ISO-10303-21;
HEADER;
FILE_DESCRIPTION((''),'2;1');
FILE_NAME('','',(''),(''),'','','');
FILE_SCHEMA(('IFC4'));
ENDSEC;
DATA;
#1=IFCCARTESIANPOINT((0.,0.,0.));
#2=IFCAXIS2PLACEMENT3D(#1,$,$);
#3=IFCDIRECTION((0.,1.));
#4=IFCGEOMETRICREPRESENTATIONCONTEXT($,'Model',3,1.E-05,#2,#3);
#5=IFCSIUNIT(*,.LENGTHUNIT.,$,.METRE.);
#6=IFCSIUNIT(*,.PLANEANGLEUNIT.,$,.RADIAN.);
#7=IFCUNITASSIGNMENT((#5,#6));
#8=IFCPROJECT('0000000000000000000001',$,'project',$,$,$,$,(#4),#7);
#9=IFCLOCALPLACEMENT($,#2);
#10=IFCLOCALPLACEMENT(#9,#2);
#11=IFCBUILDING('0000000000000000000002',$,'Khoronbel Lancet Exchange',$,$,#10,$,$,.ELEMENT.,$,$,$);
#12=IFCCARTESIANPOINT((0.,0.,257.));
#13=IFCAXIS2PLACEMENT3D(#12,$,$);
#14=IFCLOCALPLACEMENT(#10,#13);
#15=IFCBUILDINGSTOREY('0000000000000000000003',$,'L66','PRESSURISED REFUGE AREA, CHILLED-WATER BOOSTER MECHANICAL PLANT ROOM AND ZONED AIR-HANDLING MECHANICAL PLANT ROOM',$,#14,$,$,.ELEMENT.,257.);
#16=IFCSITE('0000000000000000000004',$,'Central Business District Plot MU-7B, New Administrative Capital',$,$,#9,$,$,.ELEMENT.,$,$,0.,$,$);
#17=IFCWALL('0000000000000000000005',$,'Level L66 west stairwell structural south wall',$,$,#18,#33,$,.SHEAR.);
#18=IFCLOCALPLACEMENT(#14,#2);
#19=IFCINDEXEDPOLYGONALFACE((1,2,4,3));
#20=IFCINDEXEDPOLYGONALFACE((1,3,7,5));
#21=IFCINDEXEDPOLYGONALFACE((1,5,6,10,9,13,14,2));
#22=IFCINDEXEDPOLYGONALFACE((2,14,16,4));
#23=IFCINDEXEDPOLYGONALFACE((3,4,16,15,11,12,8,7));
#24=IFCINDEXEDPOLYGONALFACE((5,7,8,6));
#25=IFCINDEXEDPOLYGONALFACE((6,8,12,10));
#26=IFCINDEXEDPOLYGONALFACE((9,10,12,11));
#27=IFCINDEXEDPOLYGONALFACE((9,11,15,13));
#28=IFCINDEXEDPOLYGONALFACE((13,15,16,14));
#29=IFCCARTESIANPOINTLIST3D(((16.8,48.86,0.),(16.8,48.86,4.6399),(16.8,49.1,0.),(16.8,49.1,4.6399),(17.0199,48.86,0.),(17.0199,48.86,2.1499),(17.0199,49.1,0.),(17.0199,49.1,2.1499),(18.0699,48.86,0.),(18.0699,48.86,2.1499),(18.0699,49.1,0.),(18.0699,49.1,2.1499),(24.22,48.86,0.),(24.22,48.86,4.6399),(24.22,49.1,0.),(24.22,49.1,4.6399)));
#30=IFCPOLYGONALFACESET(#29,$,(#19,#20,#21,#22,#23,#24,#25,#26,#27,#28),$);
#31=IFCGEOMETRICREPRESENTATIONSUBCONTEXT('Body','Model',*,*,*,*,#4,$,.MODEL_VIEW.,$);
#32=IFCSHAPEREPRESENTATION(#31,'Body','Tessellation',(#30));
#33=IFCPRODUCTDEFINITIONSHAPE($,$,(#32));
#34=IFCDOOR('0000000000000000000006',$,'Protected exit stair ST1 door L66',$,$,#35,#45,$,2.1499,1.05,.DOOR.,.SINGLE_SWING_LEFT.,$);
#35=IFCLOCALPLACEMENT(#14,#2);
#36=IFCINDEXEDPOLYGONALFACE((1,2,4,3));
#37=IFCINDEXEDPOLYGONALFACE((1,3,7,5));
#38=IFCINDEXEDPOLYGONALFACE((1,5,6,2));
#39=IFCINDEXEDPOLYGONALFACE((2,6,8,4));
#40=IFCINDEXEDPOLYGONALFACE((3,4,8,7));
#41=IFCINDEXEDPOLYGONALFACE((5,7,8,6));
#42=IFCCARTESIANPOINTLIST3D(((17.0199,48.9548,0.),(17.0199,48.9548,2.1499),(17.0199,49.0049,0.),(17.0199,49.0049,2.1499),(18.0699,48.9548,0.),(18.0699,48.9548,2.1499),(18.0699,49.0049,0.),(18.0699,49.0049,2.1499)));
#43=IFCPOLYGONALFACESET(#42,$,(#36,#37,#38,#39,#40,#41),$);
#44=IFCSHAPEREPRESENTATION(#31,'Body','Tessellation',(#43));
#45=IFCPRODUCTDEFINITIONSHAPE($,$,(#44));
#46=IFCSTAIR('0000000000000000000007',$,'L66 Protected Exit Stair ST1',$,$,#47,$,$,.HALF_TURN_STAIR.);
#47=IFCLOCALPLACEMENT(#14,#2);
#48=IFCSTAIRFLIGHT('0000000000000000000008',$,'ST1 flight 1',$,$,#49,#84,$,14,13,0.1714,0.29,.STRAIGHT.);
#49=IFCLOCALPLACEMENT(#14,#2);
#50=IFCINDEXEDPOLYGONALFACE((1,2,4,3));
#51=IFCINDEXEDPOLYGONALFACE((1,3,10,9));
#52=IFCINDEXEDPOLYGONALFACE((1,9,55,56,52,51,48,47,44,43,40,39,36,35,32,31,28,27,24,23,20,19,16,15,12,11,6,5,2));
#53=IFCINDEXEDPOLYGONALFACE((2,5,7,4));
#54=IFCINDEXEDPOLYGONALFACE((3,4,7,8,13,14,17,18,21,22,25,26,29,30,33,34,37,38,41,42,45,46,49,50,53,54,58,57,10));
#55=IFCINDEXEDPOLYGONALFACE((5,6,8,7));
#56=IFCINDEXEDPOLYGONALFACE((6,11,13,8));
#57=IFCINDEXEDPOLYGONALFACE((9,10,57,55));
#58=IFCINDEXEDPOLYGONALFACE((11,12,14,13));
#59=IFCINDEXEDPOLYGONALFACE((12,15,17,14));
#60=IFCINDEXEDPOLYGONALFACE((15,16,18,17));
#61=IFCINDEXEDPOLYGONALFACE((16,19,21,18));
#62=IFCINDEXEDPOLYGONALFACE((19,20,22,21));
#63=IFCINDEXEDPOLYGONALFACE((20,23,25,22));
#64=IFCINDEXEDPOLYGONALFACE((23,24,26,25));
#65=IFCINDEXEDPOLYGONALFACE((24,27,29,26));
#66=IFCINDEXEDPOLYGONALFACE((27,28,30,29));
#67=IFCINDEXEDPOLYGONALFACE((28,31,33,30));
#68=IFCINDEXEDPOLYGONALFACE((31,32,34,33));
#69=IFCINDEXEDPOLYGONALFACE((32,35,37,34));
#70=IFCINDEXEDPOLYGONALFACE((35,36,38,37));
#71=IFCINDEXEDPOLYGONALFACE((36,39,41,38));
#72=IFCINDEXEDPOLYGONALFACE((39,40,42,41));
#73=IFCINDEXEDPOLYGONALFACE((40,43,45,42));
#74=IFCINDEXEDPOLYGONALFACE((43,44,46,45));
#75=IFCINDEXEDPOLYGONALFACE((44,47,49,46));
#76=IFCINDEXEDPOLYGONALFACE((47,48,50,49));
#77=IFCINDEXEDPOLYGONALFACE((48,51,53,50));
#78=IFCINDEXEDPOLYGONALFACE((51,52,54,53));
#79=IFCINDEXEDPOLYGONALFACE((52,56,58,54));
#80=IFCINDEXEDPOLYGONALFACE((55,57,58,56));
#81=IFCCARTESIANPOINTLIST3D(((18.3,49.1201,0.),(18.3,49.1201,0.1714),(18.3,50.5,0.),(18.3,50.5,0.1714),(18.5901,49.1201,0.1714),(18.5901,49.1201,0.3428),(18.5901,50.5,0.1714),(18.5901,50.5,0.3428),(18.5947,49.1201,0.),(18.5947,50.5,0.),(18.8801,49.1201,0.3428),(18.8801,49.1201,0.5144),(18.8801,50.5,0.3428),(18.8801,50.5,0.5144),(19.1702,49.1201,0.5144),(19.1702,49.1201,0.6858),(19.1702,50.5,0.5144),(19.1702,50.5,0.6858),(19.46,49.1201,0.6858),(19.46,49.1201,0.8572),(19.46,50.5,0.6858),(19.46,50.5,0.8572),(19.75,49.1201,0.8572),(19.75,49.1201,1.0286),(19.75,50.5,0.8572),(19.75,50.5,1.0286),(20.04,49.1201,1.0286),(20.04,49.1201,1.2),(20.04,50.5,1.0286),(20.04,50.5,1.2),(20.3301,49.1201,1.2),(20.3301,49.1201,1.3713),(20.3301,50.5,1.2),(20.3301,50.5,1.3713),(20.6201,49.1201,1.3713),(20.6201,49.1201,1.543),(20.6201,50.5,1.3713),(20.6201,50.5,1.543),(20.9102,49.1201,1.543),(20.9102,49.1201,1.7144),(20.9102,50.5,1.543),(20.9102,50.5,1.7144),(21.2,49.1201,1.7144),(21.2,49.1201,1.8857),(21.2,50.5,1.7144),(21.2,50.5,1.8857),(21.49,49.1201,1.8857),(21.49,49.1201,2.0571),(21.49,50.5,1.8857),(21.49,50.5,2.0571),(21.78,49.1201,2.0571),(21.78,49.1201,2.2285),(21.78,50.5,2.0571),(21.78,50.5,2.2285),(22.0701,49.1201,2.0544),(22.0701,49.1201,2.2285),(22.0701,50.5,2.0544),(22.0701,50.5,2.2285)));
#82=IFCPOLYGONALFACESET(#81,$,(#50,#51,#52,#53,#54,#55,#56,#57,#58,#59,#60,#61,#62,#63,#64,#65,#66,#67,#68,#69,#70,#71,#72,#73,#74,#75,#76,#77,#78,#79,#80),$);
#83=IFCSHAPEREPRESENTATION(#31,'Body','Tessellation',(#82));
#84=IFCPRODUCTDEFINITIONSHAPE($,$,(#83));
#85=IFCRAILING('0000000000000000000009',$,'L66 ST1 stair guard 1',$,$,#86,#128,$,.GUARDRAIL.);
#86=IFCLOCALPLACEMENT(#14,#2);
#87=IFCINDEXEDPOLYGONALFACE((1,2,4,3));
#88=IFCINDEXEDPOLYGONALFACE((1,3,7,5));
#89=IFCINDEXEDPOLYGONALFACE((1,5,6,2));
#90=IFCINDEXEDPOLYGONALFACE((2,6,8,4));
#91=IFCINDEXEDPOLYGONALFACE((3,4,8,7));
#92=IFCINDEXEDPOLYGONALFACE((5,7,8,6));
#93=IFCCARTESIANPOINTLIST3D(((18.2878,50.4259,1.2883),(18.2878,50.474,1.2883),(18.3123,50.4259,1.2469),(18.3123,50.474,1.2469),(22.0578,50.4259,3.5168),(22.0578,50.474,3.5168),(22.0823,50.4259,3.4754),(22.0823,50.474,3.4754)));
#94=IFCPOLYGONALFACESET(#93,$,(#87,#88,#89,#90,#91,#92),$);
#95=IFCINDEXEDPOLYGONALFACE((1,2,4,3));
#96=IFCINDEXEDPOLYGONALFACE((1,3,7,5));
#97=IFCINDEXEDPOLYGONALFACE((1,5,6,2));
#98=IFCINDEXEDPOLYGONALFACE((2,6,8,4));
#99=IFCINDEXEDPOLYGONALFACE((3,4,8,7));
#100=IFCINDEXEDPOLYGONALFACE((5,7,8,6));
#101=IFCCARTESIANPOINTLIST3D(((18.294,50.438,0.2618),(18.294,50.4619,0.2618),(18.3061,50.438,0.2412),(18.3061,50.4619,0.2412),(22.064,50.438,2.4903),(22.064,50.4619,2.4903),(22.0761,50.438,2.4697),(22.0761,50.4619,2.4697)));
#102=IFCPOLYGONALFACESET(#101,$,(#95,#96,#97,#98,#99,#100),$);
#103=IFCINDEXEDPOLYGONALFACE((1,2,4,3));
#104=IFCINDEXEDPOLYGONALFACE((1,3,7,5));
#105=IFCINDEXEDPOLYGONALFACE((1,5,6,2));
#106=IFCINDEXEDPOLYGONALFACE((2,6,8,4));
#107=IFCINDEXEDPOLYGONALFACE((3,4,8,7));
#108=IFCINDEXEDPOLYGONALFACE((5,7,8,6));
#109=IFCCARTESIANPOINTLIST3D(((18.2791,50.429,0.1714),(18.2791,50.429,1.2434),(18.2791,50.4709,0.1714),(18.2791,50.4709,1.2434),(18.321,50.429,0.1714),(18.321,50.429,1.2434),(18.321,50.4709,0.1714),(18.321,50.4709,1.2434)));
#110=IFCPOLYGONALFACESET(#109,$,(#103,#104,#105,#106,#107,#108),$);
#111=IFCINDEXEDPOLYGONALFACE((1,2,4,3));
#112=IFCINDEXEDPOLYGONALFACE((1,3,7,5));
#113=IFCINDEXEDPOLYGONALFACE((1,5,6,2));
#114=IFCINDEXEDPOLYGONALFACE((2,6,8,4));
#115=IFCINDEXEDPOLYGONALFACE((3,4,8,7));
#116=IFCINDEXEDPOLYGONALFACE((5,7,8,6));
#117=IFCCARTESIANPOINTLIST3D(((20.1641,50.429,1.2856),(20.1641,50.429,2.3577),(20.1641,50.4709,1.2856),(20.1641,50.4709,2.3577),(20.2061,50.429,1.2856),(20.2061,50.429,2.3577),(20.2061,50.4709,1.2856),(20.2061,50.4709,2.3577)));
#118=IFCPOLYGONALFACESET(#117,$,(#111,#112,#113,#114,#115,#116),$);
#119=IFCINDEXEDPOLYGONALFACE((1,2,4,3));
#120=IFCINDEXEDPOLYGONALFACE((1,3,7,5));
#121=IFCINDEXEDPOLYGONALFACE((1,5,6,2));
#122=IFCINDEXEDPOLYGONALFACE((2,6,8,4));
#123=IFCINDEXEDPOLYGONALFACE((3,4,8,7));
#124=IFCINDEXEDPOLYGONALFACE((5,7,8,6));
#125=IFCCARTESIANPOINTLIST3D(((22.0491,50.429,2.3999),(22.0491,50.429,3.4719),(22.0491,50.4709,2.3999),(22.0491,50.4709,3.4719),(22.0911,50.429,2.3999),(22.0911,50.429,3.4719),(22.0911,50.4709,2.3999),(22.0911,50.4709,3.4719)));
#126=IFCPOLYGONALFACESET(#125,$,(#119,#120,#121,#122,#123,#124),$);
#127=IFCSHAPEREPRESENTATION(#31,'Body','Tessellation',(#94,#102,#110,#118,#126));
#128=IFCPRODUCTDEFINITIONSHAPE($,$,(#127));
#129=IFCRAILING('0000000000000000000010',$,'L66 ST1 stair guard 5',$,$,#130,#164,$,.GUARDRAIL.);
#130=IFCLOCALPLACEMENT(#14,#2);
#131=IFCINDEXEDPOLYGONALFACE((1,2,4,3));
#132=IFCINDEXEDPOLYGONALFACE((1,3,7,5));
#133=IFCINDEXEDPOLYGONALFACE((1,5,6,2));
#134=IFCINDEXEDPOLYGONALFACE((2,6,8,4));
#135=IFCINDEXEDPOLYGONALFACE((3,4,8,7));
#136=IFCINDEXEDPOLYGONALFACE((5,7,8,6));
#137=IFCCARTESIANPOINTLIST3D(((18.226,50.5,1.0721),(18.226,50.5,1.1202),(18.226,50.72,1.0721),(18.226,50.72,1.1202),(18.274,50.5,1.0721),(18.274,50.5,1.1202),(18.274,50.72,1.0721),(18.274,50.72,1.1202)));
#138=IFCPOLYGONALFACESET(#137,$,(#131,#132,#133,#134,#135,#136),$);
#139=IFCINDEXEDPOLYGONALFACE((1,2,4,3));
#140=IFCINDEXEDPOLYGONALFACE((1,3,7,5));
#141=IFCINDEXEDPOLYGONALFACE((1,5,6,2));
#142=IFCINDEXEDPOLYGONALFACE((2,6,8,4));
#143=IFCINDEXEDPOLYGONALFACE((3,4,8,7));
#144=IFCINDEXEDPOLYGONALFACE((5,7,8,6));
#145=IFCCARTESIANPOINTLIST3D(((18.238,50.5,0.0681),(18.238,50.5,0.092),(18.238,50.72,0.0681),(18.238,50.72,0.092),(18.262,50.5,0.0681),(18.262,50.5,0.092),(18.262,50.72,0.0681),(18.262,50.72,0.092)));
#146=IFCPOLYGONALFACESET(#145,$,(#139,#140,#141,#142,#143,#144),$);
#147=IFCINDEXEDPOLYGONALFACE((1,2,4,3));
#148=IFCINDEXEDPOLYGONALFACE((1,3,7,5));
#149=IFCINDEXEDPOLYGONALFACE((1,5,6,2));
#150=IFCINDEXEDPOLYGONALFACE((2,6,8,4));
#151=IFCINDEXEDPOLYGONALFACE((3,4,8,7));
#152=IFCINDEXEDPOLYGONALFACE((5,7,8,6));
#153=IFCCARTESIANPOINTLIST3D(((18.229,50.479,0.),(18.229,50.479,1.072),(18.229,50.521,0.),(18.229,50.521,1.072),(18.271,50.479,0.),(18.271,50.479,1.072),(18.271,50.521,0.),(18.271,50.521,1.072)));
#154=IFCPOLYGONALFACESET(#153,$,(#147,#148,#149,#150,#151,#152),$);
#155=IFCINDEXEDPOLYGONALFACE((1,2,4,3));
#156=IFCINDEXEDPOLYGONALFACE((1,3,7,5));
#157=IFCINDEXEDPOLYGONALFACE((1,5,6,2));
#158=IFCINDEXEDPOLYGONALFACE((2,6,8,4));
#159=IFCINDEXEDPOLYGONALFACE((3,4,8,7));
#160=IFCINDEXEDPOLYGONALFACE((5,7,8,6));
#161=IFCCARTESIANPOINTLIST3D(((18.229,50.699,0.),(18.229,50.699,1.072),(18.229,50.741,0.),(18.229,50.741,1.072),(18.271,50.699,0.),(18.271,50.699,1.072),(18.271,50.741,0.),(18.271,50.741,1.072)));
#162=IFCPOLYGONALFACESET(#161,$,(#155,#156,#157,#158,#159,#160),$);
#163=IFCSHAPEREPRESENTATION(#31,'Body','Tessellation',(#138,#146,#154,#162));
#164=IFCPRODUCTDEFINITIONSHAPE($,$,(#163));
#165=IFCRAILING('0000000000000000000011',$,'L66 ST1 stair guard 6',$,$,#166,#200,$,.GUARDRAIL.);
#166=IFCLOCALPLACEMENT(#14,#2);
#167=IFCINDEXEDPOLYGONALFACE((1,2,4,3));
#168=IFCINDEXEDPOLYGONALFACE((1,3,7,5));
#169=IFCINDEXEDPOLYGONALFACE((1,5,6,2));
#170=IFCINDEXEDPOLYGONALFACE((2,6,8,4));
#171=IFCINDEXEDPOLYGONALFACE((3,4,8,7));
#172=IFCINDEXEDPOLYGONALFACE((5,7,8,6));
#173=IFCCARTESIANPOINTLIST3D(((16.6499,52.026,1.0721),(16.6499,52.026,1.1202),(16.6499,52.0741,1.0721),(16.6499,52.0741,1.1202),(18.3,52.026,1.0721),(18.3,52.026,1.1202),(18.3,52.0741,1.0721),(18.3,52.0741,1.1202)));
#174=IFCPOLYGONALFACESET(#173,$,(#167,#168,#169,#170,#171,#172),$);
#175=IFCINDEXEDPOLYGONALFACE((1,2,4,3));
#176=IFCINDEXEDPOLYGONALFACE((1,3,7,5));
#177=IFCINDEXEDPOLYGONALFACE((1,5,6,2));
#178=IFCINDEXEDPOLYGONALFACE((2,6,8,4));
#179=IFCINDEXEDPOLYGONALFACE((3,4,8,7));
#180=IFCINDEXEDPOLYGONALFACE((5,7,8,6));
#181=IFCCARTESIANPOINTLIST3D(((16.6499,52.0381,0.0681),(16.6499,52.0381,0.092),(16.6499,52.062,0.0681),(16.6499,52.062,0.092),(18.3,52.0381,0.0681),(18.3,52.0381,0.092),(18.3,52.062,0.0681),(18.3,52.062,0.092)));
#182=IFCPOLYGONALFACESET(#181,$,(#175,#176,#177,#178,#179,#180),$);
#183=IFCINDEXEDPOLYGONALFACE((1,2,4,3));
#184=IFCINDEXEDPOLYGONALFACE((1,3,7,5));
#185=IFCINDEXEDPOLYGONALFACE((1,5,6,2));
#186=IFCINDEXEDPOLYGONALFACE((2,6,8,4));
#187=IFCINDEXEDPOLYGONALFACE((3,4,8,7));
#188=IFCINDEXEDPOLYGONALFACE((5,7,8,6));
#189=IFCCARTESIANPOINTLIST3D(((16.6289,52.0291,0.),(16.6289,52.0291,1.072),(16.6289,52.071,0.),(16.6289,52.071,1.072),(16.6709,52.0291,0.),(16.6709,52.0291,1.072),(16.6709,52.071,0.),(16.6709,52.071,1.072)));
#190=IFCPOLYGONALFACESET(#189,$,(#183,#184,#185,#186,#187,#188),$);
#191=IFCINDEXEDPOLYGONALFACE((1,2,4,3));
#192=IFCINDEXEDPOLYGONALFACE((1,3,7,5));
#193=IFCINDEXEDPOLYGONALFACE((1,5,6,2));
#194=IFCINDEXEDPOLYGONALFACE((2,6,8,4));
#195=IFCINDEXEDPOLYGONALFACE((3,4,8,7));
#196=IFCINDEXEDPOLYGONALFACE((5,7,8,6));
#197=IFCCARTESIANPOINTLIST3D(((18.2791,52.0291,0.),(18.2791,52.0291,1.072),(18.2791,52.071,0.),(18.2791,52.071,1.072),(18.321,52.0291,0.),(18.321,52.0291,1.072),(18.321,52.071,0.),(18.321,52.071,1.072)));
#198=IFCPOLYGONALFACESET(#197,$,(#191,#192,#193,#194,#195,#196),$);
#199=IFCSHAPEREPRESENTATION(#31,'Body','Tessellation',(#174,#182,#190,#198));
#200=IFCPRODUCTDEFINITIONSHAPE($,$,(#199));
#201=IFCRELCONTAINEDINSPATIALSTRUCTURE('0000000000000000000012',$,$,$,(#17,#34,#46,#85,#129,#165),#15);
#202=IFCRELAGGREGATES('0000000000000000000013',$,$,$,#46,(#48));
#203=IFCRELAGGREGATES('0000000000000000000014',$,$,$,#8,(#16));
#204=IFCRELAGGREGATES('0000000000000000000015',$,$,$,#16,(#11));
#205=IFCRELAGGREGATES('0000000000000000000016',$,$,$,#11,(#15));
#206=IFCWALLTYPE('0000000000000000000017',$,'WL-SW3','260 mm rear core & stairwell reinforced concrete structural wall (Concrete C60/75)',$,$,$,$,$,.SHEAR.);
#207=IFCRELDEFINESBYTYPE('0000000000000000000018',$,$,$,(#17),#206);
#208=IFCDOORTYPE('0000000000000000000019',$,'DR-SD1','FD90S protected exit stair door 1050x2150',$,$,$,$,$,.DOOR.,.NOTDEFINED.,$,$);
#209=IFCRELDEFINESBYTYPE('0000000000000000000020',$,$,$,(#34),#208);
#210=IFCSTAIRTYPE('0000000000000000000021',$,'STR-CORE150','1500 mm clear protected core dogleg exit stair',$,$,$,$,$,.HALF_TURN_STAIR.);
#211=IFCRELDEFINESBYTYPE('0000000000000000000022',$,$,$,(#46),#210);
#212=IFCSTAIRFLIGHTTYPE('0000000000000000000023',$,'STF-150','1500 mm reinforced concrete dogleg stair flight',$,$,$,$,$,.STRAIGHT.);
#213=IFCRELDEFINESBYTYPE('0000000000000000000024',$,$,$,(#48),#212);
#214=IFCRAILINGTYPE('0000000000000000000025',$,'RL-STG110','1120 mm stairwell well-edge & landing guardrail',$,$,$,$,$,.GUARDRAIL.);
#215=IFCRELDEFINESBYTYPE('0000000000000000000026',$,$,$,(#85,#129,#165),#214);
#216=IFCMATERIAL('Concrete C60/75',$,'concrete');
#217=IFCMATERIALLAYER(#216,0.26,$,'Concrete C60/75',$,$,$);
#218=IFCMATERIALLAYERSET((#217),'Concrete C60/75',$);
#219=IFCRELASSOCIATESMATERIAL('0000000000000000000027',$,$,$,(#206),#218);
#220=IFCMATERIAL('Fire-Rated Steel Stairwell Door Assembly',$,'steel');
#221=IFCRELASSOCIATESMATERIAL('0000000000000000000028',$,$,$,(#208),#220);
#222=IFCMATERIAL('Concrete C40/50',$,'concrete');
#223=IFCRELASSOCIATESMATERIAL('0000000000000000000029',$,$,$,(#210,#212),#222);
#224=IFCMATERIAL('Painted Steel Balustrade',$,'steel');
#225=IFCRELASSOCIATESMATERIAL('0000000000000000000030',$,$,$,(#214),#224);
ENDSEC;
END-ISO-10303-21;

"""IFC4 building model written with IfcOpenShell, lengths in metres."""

from ifc_helpers import new_model, si_unit, direction, frame, frame_2d, origin, origin_2d, place, context, subcontext, project, spatial, polyline, rectangle, outline, extrude, material, layer, layer_set, type_object, element, fill, aggregate, save


model = new_model("IFC4")

# Units and contexts
model_context = context("Model", 3, precision=1e-05, world=origin(), true_north=direction((0.0, 1.0)))
body_context = subcontext(model_context, "Body", "Model", "MODEL_VIEW")
ifc_project = project(units=[si_unit("LENGTHUNIT", "METRE"), si_unit("PLANEANGLEUNIT", "RADIAN")], contexts=[model_context])

# Site, building, storey
site_placement = place(None, origin())
site = spatial("IfcSite", under=ifc_project, at=site_placement, Name="Central Business District Plot MU-7B, New Administrative Capital", CompositionType="ELEMENT", RefElevation=0.0)
building_placement = place(site_placement, origin())
building = spatial("IfcBuilding", under=site, at=building_placement, Name="Khoronbel Lancet Exchange", CompositionType="ELEMENT")
storey_placement = place(building_placement, frame((0.0, 0.0, 257.0)))
storey = spatial("IfcBuildingStorey", under=building, at=storey_placement, Name="L66", Description="PRESSURISED REFUGE AREA, CHILLED-WATER BOOSTER MECHANICAL PLANT ROOM AND ZONED AIR-HANDLING MECHANICAL PLANT ROOM", CompositionType="ELEMENT", Elevation=257.0)

# Shared definitions
ifc_material_1 = material(Name="Concrete C60/75", Category="concrete")

# Wall, opening, door
ifc_layer_1 = layer(ifc_material_1, 0.26, Name="Concrete C60/75")
ifc_layer_set_1 = layer_set([ifc_layer_1], Name="Concrete C60/75")
wall_type_1 = type_object("IfcWallType", Name="WL-SW3", Description="260 mm rear core & stairwell reinforced concrete structural wall (Concrete C60/75)", PredefinedType="SHEAR", material=ifc_layer_set_1)
wall_1_placement = place(storey_placement, frame((16.8, 48.98, 0.0), z_axis=(0.0, 0.0, 1.0), x_axis=(1.0, 0.0, 0.0)))
wall_1 = element("IfcWall", 1, at=wall_1_placement, inside=storey, type_object=wall_type_1, Name="Level L66 west stairwell structural south wall", PredefinedType="SHEAR", context=body_context, shape_type="SweptSolid", body=[
    extrude(rectangle(XDim=7.4199, YDim=0.24, at=frame_2d((3.71, 0.0))), origin(), (0.0, 0.0, 1.0), 4.6399),
])
opening_1_placement = place(wall_1_placement, frame((0.22, 0.0, 0.0)))
opening_1 = element("IfcOpeningElement", 2, at=opening_1_placement, cuts=wall_1, PredefinedType="OPENING", context=body_context, shape_type="SweptSolid", body=[
    extrude(rectangle(XDim=1.05, YDim=2.1499, at=frame_2d((0.5249, 1.075))), frame((0.0, 0.1299, 0.0), z_axis=(0.0, -1.0, 0.0), x_axis=(1.0, 0.0, 0.0)), (0.0, 0.0, 1.0), 0.26),
])
ifc_material_2 = material(Name="Fire-Rated Steel Stairwell Door Assembly", Category="steel")
door_type_1 = type_object("IfcDoorType", Name="DR-SD1", Description="FD90S protected exit stair door 1050x2150", OperationType="NOTDEFINED", PredefinedType="DOOR", material=ifc_material_2)
door_1_placement = place(opening_1_placement, origin())
door_1 = element("IfcDoor", 3, at=door_1_placement, inside=storey, type_object=door_type_1, Name="Protected exit stair ST1 door L66", OperationType="SINGLE_SWING_LEFT", OverallHeight=2.1499, OverallWidth=1.05, PredefinedType="DOOR", context=body_context, shape_type="SweptSolid", body=[
    extrude(rectangle(XDim=1.05, YDim=2.1499, at=frame_2d((0.5249, 1.075))), frame((0.0, 0.0249, 0.0), z_axis=(0.0, -1.0, 0.0), x_axis=(1.0, 0.0, 0.0)), (0.0, 0.0, 1.0), 0.05),
])
fill(opening_1, door_1)

# Stair, stair flight
ifc_material_3 = material(Name="Concrete C40/50", Category="concrete")
stair_type = type_object("IfcStairType", Name="STR-CORE150", Description="1500 mm clear protected core dogleg exit stair", PredefinedType="HALF_TURN_STAIR", material=ifc_material_3)
stair_placement = place(storey_placement, origin())
stair = element("IfcStair", 4, at=stair_placement, inside=storey, type_object=stair_type, Name="L66 Protected Exit Stair ST1", PredefinedType="HALF_TURN_STAIR")
stair_flight_type = type_object("IfcStairFlightType", Name="STF-150", Description="1500 mm reinforced concrete dogleg stair flight", PredefinedType="STRAIGHT", material=ifc_material_3)
stair_flight_placement = place(storey_placement, frame((18.3, 49.8101, 0.0), z_axis=(0.0, 0.0, 1.0), x_axis=(1.0, 0.0, 0.0)))
stair_flight = element("IfcStairFlight", 5, at=stair_flight_placement, type_object=stair_flight_type, Name="ST1 flight 1", NumberOfRisers=14, NumberOfTreads=13, PredefinedType="STRAIGHT", RiserHeight=0.1714, TreadLength=0.29, context=body_context, shape_type="SweptSolid", body=[
    extrude(outline(polyline([(0.0, 0.0), (0.0, 0.1714), (0.29, 0.1714), (0.29, 0.3428), (0.5801, 0.3428), (0.5801, 0.5144), (0.8701, 0.5144), (0.8701, 0.6858), (1.1599, 0.6858), (1.1599, 0.8572), (1.45, 0.8572), (1.45, 1.0286), (1.74, 1.0286), (1.74, 1.2), (2.03, 1.2), (2.03, 1.3713), (2.3201, 1.3713), (2.3201, 1.543), (2.6101, 1.543), (2.6101, 1.7144), (2.8999, 1.7144), (2.8999, 1.8857), (3.1899, 1.8857), (3.1899, 2.0571), (3.48, 2.0571), (3.48, 2.2285), (3.77, 2.2285), (3.77, 2.3999), (3.77, 2.0544), (0.2947, 0.0), (0.0, 0.0)])), frame((0.0, 0.6899, 0.0), z_axis=(0.0, -1.0, 0.0), x_axis=(1.0, 0.0, 0.0)), (0.0, 0.0, 1.0), 1.3799),
])
aggregate(stair, [stair_flight])

# Railings
ifc_material_4 = material(Name="Painted Steel Balustrade", Category="steel")
railing_type_1 = type_object("IfcRailingType", Name="RL-STG110", Description="1120 mm stairwell well-edge & landing guardrail", PredefinedType="GUARDRAIL", material=ifc_material_4)
railing_1_placement = place(storey_placement, frame((18.3, 50.45, 0.1714)))
element("IfcRailing", 6, at=railing_1_placement, inside=storey, type_object=railing_type_1, Name="L66 ST1 stair guard 1", PredefinedType="GUARDRAIL", context=body_context, shape_type="SweptSolid", body=[
    extrude(rectangle(XDim=0.0481, YDim=0.0481, at=origin_2d()), frame((0.0, 0.0, 1.0962), z_axis=(0.860849, 0.0, 0.508861), x_axis=(0.0, 1.0, 0.0)), (0.0, 0.0, 1.0), 4.3794),
    extrude(rectangle(XDim=0.0239, YDim=0.0239, at=origin_2d()), frame((0.0, 0.0, 0.0801), z_axis=(0.860849, 0.0, 0.508861), x_axis=(0.0, 1.0, 0.0)), (0.0, 0.0, 1.0), 4.3794),
    extrude(rectangle(XDim=0.042, YDim=0.042, at=origin_2d()), origin(), (0.0, 0.0, 1.0), 1.072),
    extrude(rectangle(XDim=0.042, YDim=0.042, at=origin_2d()), frame((1.885, 0.0, 1.1143)), (0.0, 0.0, 1.0), 1.072),
    extrude(rectangle(XDim=0.042, YDim=0.042, at=origin_2d()), frame((3.77, 0.0, 2.2285)), (0.0, 0.0, 1.0), 1.072),
])
railing_2_placement = place(storey_placement, frame((18.25, 50.5, 0.0)))
element("IfcRailing", 7, at=railing_2_placement, inside=storey, type_object=railing_type_1, Name="L66 ST1 stair guard 5", PredefinedType="GUARDRAIL", context=body_context, shape_type="SweptSolid", body=[
    extrude(rectangle(XDim=0.0481, YDim=0.0481, at=origin_2d()), frame((0.0, 0.0, 1.0962), z_axis=(0.0, 1.0, 0.0), x_axis=(-1.0, 0.0, 0.0)), (0.0, 0.0, 1.0), 0.22),
    extrude(rectangle(XDim=0.0239, YDim=0.0239, at=origin_2d()), frame((0.0, 0.0, 0.0801), z_axis=(0.0, 1.0, 0.0), x_axis=(-1.0, 0.0, 0.0)), (0.0, 0.0, 1.0), 0.22),
    extrude(rectangle(XDim=0.042, YDim=0.042, at=origin_2d()), origin(), (0.0, 0.0, 1.0), 1.072),
    extrude(rectangle(XDim=0.042, YDim=0.042, at=origin_2d()), frame((0.0, 0.22, 0.0)), (0.0, 0.0, 1.0), 1.072),
])
railing_3_placement = place(storey_placement, frame((16.6499, 52.05, 0.0)))
element("IfcRailing", 8, at=railing_3_placement, inside=storey, type_object=railing_type_1, Name="L66 ST1 stair guard 6", PredefinedType="GUARDRAIL", context=body_context, shape_type="SweptSolid", body=[
    extrude(rectangle(XDim=0.0481, YDim=0.0481, at=origin_2d()), frame((0.0, 0.0, 1.0962), z_axis=(1.0, 0.0, 0.0), x_axis=(0.0, 1.0, 0.0)), (0.0, 0.0, 1.0), 1.6501),
    extrude(rectangle(XDim=0.0239, YDim=0.0239, at=origin_2d()), frame((0.0, 0.0, 0.0801), z_axis=(1.0, 0.0, 0.0), x_axis=(0.0, 1.0, 0.0)), (0.0, 0.0, 1.0), 1.6501),
    extrude(rectangle(XDim=0.042, YDim=0.042, at=origin_2d()), origin(), (0.0, 0.0, 1.0), 1.072),
    extrude(rectangle(XDim=0.042, YDim=0.042, at=origin_2d()), frame((1.6501, 0.0, 0.0)), (0.0, 0.0, 1.0), 1.072),
])

save(model, "model.ifc")
